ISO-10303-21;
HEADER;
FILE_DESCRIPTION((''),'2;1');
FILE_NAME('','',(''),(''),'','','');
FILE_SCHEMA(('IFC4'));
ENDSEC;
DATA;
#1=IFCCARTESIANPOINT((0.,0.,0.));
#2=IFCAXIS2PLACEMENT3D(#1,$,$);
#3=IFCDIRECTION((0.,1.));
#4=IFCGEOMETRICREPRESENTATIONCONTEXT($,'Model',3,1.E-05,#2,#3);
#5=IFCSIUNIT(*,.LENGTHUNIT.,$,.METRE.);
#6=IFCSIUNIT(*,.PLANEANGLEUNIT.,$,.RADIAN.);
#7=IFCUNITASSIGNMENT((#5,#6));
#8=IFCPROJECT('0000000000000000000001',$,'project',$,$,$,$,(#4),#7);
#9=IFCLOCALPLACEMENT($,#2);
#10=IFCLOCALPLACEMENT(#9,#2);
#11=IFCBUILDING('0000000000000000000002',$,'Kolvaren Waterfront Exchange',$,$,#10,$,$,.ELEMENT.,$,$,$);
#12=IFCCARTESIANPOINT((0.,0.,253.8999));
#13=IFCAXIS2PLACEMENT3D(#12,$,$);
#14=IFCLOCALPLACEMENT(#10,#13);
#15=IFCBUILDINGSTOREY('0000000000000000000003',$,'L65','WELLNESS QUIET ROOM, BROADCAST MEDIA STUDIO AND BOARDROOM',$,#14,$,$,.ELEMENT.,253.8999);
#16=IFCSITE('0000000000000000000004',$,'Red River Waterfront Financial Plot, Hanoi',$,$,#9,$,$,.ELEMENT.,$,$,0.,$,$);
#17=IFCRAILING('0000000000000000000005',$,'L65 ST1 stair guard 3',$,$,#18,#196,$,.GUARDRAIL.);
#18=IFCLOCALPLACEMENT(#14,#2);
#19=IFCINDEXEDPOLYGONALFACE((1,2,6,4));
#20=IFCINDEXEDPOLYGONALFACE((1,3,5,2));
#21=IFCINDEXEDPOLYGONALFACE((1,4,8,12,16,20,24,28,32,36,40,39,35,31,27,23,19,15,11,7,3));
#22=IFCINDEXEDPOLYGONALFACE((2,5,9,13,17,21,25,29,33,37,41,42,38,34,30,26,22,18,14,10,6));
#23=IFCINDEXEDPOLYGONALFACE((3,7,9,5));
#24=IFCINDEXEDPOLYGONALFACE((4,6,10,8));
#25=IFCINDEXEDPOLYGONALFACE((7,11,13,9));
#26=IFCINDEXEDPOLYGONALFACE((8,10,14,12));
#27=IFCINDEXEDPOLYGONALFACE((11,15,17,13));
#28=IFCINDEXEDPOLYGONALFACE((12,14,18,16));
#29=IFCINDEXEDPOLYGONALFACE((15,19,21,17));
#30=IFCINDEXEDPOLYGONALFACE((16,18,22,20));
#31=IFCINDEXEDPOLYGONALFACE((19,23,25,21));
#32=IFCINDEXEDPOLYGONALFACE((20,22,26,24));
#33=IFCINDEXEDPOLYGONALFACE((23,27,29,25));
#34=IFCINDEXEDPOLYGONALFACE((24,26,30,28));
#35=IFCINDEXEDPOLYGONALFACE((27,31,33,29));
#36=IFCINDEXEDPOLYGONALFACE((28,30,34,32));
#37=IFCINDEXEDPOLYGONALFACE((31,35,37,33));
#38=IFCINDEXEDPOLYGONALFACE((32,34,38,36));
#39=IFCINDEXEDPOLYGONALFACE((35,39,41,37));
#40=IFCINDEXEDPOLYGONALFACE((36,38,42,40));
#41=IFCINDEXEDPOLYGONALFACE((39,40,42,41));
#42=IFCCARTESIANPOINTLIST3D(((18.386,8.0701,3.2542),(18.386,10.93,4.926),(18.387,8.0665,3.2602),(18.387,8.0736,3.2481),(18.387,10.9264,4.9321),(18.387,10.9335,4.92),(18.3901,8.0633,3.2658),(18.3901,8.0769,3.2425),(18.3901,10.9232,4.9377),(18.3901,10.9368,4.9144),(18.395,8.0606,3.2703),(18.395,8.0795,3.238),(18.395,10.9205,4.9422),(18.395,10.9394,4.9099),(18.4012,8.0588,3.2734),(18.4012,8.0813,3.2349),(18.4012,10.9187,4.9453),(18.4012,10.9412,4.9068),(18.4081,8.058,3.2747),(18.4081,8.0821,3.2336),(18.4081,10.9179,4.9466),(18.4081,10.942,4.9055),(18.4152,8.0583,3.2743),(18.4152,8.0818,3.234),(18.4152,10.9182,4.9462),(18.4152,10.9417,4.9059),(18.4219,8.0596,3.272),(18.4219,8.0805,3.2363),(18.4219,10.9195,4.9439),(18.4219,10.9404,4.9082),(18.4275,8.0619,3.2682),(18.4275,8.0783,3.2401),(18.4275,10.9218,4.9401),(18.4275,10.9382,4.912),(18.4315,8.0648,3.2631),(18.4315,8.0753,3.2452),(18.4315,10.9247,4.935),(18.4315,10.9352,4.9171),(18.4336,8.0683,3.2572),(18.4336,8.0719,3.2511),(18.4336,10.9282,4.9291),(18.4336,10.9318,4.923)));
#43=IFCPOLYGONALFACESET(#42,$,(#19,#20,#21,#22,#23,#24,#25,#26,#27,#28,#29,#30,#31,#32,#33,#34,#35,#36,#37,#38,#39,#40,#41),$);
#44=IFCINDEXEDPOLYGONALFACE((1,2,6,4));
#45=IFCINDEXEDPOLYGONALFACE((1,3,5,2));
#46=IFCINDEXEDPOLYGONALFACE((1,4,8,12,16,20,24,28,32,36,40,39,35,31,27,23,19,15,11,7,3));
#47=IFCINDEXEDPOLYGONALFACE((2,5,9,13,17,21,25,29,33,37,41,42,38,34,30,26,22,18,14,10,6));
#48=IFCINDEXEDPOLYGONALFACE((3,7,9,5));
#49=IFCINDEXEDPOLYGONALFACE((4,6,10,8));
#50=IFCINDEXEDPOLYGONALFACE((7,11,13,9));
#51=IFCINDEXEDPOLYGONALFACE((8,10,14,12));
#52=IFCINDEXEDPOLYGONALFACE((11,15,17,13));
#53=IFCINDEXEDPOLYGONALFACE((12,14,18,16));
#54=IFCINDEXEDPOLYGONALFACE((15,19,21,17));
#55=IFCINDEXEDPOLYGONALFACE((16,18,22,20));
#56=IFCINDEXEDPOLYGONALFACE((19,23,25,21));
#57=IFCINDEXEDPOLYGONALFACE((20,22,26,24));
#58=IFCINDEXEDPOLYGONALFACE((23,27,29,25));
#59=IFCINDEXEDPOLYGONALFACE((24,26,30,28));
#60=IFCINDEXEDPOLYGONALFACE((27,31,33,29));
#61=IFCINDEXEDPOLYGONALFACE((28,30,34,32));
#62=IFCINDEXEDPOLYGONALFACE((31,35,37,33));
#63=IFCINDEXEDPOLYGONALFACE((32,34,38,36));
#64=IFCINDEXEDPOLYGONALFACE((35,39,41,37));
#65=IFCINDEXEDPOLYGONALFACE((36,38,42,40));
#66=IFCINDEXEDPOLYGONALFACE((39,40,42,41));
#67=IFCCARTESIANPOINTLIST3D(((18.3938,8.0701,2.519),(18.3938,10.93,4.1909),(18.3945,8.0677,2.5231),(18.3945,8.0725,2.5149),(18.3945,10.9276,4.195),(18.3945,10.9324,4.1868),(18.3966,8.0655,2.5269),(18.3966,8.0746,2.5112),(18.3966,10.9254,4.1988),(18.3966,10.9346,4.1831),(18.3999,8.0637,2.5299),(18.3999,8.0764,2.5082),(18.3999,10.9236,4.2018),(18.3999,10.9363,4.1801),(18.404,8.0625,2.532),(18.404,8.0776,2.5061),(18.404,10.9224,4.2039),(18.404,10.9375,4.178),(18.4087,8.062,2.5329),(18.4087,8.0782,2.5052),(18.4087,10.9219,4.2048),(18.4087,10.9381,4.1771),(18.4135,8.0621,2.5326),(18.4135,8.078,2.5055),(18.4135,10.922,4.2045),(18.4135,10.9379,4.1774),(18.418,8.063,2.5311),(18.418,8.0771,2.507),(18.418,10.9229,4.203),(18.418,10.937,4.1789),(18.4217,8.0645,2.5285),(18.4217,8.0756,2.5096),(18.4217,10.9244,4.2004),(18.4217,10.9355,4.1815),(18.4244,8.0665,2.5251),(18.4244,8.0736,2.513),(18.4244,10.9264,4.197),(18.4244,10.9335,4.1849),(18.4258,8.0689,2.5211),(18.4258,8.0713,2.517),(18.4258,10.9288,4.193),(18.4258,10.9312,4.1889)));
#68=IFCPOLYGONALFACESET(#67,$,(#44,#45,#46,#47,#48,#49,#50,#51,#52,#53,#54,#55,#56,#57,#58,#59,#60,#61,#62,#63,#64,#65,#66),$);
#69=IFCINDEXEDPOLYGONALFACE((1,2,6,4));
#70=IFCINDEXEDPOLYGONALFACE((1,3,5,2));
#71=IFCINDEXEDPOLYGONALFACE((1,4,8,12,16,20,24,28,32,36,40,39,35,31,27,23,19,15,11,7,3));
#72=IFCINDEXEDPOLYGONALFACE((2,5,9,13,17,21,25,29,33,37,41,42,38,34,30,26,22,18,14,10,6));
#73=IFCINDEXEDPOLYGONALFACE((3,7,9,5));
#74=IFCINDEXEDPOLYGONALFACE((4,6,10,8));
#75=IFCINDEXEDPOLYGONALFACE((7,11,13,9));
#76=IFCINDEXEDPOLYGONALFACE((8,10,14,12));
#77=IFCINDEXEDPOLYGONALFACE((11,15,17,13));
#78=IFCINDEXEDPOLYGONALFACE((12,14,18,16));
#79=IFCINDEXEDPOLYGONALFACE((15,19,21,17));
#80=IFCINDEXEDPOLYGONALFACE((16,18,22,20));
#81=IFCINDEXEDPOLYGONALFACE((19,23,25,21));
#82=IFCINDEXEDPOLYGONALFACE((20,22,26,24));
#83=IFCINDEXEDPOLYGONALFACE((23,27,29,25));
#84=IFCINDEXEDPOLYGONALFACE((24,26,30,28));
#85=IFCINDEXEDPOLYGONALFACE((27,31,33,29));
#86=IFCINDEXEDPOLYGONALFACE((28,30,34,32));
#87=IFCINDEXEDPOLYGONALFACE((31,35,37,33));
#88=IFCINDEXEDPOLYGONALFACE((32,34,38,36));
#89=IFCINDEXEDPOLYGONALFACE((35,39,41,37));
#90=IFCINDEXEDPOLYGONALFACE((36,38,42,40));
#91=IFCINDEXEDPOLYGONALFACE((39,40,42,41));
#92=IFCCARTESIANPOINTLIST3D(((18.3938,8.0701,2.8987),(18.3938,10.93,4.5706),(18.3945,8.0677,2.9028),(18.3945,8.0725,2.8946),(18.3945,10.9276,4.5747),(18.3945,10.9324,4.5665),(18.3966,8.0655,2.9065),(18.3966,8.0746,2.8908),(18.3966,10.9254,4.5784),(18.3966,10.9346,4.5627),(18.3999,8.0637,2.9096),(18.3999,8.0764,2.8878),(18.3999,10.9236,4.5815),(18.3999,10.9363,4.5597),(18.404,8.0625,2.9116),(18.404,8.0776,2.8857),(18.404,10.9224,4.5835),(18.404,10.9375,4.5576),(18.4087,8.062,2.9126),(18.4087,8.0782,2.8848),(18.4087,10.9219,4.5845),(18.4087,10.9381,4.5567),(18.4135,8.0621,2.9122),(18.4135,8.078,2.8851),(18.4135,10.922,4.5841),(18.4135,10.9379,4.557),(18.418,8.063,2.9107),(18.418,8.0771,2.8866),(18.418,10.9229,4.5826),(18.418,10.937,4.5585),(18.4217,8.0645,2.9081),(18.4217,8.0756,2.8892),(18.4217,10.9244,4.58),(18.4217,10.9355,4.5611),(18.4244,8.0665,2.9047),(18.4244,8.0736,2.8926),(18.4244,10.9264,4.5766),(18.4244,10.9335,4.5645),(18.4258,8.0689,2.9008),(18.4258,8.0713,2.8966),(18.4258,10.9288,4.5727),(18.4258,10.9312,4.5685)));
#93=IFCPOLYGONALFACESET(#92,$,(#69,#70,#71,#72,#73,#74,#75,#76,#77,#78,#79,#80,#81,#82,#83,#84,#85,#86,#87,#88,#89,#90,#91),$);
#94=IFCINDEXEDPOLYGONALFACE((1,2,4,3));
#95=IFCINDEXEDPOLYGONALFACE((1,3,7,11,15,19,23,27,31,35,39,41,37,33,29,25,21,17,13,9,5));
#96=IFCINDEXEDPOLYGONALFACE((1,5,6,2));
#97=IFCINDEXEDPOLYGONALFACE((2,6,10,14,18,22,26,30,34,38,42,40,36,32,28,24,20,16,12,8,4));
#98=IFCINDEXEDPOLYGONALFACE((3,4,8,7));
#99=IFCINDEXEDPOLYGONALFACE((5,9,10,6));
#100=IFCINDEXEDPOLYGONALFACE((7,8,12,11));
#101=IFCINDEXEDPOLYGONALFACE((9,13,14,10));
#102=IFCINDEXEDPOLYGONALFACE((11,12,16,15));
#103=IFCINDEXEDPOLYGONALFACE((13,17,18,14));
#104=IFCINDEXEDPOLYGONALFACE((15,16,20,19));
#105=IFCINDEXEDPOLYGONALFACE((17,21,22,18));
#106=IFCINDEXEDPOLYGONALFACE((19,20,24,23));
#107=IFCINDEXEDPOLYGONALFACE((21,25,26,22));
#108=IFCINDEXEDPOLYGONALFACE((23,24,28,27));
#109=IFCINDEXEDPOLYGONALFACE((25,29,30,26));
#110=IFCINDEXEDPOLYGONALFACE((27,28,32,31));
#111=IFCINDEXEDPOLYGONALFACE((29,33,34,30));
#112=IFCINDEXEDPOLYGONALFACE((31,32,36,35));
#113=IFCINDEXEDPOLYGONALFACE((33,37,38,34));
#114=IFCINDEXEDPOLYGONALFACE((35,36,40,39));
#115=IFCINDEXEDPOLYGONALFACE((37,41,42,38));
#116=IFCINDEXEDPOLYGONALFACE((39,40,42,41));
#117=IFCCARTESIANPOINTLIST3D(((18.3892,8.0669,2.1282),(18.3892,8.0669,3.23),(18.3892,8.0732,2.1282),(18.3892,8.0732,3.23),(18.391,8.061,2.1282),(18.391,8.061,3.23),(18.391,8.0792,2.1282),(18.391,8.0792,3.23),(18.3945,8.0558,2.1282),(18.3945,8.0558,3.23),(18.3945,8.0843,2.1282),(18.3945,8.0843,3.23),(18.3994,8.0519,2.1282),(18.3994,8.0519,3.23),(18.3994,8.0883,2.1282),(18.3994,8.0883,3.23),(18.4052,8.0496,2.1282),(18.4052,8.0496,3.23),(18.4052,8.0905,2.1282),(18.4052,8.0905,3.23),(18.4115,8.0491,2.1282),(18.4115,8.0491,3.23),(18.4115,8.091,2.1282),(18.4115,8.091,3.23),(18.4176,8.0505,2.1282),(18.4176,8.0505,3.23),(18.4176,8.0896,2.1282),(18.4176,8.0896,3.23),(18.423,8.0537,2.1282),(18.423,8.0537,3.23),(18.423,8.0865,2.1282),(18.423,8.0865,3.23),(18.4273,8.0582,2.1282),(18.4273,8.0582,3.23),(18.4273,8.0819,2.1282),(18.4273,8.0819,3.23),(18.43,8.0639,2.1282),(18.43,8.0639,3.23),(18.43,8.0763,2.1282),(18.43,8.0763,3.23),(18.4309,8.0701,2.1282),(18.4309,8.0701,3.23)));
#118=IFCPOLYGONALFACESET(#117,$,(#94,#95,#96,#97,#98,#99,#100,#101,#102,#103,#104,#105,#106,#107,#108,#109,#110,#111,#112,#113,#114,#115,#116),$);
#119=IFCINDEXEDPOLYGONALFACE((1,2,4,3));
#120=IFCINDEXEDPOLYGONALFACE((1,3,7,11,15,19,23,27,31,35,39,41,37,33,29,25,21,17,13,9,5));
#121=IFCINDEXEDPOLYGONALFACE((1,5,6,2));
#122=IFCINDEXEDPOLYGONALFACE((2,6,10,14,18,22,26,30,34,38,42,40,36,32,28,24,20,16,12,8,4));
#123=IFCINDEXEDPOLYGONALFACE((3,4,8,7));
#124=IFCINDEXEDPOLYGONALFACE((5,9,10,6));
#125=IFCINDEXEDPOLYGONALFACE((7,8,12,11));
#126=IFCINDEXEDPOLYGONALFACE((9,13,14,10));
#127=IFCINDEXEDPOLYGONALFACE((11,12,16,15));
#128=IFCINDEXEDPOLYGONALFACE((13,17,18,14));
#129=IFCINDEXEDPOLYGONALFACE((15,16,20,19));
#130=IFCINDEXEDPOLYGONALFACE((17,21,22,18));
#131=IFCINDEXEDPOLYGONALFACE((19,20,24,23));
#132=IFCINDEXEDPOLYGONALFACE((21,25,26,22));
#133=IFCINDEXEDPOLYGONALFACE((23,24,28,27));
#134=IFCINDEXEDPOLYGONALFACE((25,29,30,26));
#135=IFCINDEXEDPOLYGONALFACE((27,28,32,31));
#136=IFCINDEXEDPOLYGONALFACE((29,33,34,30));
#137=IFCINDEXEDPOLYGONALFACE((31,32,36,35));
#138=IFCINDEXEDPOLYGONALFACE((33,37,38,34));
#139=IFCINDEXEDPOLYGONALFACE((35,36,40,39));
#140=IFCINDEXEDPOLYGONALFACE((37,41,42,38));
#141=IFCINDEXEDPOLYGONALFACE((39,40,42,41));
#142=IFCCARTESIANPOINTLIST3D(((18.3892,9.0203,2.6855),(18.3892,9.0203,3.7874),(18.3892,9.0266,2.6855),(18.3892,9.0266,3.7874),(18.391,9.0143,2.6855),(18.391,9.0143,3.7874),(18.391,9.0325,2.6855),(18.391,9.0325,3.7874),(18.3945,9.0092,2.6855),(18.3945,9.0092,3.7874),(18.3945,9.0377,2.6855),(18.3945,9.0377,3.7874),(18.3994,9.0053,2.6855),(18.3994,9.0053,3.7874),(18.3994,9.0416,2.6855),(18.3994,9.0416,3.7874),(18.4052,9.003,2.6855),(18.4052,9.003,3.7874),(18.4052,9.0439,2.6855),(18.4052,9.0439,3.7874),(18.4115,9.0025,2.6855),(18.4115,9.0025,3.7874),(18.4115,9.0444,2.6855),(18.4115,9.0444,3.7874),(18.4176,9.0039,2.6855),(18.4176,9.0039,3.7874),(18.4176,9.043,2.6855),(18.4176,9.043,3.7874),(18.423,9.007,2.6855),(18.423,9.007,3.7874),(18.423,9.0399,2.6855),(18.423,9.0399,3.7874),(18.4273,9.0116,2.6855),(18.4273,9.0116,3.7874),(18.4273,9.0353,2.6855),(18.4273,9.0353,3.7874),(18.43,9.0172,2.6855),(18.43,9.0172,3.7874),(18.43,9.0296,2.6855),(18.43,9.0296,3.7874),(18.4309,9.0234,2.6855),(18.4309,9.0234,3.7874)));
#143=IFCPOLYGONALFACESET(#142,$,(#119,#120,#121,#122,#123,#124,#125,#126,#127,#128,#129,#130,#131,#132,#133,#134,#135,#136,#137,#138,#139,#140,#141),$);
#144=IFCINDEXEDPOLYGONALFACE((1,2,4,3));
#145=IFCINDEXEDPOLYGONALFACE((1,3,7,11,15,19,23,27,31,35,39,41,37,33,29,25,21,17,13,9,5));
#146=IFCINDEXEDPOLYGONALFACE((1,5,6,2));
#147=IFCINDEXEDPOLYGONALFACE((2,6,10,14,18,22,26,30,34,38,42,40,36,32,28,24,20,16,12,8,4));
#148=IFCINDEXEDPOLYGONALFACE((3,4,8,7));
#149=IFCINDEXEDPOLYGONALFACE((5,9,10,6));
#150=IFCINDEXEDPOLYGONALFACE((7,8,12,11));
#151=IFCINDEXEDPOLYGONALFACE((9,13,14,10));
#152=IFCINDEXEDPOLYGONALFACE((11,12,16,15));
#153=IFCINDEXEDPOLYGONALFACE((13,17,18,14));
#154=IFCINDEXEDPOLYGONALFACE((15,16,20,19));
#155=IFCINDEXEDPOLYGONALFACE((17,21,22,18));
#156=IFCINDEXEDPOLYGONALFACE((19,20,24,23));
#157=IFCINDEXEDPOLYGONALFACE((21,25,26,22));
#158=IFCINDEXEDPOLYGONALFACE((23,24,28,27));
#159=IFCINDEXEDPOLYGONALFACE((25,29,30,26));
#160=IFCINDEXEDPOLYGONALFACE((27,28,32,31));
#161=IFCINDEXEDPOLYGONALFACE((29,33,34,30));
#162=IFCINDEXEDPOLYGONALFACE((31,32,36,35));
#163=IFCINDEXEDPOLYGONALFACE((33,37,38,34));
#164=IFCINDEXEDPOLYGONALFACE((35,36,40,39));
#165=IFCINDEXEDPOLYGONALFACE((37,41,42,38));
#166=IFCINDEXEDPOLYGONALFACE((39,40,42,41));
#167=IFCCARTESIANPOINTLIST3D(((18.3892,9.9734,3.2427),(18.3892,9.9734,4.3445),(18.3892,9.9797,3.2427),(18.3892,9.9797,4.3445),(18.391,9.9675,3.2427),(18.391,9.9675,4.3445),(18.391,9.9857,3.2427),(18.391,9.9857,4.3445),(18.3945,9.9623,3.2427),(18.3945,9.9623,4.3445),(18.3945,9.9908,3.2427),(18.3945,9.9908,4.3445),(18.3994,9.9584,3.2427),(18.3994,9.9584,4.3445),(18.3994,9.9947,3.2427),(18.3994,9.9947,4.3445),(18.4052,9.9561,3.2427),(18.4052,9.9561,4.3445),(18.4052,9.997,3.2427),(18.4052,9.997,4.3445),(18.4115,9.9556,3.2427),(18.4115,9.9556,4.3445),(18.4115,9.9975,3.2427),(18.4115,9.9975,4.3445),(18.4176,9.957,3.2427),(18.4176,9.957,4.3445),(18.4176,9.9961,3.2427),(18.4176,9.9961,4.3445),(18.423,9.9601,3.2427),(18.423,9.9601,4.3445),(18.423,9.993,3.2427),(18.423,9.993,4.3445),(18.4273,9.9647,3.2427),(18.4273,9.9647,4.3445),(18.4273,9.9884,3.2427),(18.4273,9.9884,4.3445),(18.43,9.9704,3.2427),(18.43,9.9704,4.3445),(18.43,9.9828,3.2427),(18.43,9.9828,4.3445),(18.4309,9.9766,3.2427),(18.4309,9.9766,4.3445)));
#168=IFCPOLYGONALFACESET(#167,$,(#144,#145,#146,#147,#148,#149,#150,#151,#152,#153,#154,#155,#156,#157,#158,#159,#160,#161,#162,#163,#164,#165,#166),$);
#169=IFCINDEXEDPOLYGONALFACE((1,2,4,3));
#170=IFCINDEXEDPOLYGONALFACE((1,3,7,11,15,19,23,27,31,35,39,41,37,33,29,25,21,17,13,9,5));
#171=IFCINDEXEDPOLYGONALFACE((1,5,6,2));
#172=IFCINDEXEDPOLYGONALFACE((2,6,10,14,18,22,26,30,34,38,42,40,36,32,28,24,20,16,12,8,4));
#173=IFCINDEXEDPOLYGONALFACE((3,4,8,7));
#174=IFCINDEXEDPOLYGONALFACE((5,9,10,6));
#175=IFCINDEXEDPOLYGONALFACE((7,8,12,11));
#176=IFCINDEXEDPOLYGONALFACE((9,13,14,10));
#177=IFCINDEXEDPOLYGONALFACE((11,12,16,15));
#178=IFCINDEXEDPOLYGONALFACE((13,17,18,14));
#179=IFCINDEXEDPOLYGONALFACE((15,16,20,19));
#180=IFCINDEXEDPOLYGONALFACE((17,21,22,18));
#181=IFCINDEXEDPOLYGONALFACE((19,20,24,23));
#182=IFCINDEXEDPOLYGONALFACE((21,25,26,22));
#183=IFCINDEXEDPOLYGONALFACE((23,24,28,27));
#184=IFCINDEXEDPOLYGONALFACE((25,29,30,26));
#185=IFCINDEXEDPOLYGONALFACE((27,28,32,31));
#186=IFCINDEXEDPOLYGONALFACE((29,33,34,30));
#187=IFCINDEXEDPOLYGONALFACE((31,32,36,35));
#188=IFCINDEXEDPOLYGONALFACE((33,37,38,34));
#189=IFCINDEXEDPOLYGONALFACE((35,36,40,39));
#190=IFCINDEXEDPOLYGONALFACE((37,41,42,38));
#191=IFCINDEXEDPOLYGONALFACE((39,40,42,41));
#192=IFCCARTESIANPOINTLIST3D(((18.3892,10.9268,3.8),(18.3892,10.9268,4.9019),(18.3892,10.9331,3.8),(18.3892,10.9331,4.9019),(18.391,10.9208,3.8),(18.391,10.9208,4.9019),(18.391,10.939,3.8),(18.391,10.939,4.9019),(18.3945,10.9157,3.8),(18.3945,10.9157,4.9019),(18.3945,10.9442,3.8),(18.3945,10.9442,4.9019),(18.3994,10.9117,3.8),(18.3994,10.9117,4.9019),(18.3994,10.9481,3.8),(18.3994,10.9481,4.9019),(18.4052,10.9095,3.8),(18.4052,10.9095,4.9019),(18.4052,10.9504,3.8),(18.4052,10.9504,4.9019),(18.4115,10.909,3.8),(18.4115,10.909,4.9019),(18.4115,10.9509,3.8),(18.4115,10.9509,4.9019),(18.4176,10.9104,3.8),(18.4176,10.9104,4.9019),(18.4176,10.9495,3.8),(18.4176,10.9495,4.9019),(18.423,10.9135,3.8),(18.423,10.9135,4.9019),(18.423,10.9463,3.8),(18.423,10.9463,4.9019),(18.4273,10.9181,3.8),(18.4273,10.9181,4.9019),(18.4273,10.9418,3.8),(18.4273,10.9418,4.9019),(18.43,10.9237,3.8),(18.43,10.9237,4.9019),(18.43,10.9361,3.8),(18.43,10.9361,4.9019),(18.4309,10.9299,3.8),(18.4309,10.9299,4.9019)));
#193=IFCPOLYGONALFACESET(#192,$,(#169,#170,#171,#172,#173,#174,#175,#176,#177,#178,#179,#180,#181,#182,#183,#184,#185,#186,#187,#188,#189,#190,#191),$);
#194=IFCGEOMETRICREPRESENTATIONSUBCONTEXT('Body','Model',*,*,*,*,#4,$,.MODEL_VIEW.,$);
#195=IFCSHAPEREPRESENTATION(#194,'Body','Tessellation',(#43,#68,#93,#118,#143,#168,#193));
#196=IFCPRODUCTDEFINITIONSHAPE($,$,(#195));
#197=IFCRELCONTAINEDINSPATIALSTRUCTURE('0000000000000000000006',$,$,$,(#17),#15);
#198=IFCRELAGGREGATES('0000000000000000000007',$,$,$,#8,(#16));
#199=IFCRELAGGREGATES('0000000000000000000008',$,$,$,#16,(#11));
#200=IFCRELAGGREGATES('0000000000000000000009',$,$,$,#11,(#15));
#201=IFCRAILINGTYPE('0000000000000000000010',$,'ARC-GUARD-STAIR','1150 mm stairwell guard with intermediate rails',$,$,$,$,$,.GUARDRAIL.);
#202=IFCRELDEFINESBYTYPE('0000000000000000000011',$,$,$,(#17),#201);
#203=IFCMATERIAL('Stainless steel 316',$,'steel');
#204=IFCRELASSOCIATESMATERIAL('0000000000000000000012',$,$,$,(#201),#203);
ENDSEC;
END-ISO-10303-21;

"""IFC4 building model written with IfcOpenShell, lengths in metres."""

from ifc_helpers import new_model, si_unit, direction, frame, origin, origin_2d, place, context, subcontext, project, spatial, circle, extrude, material, type_object, element, save


model = new_model("IFC4")

# Units and contexts
model_context = context("Model", 3, precision=1e-05, world=origin(), true_north=direction((0.0, 1.0)))
body_context = subcontext(model_context, "Body", "Model", "MODEL_VIEW")
ifc_project = project(units=[si_unit("LENGTHUNIT", "METRE"), si_unit("PLANEANGLEUNIT", "RADIAN")], contexts=[model_context])

# Site, building, storey
site_placement = place(None, origin())
site = spatial("IfcSite", under=ifc_project, at=site_placement, Name="Red River Waterfront Financial Plot, Hanoi", CompositionType="ELEMENT", RefElevation=0.0)
building_placement = place(site_placement, origin())
building = spatial("IfcBuilding", under=site, at=building_placement, Name="Kolvaren Waterfront Exchange", CompositionType="ELEMENT")
storey_placement = place(building_placement, frame((0.0, 0.0, 253.8999)))
storey = spatial("IfcBuildingStorey", under=building, at=storey_placement, Name="L65", Description="WELLNESS QUIET ROOM, BROADCAST MEDIA STUDIO AND BOARDROOM", CompositionType="ELEMENT", Elevation=253.8999)

# Railing
ifc_material_1 = material(Name="Stainless steel 316", Category="steel")
railing_type_1 = type_object("IfcRailingType", Name="ARC-GUARD-STAIR", Description="1150 mm stairwell guard with intermediate rails", PredefinedType="GUARDRAIL", material=ifc_material_1)
railing_1_placement = place(storey_placement, frame((18.4099, 8.0701, 2.1282)))
element("IfcRailing", 1, at=railing_1_placement, inside=storey, type_object=railing_type_1, Name="L65 ST1 stair guard 3", PredefinedType="GUARDRAIL", context=body_context, shape_type="SweptSolid", body=[
    extrude(circle(Radius=0.0239, at=origin_2d()), frame((0.0, 0.0, 1.126), z_axis=(0.0, 0.863303, 0.504686), x_axis=(-1.0, 0.0, 0.0)), (0.0, 0.0, 1.0), 3.3127),
    extrude(circle(Radius=0.0161, at=origin_2d()), frame((0.0, 0.0, 0.3909), z_axis=(0.0, 0.863303, 0.504686), x_axis=(-1.0, 0.0, 0.0)), (0.0, 0.0, 1.0), 3.3127),
    extrude(circle(Radius=0.0161, at=origin_2d()), frame((0.0, 0.0, 0.7705), z_axis=(0.0, 0.863303, 0.504686), x_axis=(-1.0, 0.0, 0.0)), (0.0, 0.0, 1.0), 3.3127),
    extrude(circle(Radius=0.021, at=origin_2d()), origin(), (0.0, 0.0, 1.0), 1.1018),
    extrude(circle(Radius=0.021, at=origin_2d()), frame((0.0, 0.9534, 0.5574)), (0.0, 0.0, 1.0), 1.1018),
    extrude(circle(Radius=0.021, at=origin_2d()), frame((0.0, 1.9065, 1.1145)), (0.0, 0.0, 1.0), 1.1018),
    extrude(circle(Radius=0.021, at=origin_2d()), frame((0.0, 2.8599, 1.6719)), (0.0, 0.0, 1.0), 1.1018),
])

save(model, "model.ifc")
